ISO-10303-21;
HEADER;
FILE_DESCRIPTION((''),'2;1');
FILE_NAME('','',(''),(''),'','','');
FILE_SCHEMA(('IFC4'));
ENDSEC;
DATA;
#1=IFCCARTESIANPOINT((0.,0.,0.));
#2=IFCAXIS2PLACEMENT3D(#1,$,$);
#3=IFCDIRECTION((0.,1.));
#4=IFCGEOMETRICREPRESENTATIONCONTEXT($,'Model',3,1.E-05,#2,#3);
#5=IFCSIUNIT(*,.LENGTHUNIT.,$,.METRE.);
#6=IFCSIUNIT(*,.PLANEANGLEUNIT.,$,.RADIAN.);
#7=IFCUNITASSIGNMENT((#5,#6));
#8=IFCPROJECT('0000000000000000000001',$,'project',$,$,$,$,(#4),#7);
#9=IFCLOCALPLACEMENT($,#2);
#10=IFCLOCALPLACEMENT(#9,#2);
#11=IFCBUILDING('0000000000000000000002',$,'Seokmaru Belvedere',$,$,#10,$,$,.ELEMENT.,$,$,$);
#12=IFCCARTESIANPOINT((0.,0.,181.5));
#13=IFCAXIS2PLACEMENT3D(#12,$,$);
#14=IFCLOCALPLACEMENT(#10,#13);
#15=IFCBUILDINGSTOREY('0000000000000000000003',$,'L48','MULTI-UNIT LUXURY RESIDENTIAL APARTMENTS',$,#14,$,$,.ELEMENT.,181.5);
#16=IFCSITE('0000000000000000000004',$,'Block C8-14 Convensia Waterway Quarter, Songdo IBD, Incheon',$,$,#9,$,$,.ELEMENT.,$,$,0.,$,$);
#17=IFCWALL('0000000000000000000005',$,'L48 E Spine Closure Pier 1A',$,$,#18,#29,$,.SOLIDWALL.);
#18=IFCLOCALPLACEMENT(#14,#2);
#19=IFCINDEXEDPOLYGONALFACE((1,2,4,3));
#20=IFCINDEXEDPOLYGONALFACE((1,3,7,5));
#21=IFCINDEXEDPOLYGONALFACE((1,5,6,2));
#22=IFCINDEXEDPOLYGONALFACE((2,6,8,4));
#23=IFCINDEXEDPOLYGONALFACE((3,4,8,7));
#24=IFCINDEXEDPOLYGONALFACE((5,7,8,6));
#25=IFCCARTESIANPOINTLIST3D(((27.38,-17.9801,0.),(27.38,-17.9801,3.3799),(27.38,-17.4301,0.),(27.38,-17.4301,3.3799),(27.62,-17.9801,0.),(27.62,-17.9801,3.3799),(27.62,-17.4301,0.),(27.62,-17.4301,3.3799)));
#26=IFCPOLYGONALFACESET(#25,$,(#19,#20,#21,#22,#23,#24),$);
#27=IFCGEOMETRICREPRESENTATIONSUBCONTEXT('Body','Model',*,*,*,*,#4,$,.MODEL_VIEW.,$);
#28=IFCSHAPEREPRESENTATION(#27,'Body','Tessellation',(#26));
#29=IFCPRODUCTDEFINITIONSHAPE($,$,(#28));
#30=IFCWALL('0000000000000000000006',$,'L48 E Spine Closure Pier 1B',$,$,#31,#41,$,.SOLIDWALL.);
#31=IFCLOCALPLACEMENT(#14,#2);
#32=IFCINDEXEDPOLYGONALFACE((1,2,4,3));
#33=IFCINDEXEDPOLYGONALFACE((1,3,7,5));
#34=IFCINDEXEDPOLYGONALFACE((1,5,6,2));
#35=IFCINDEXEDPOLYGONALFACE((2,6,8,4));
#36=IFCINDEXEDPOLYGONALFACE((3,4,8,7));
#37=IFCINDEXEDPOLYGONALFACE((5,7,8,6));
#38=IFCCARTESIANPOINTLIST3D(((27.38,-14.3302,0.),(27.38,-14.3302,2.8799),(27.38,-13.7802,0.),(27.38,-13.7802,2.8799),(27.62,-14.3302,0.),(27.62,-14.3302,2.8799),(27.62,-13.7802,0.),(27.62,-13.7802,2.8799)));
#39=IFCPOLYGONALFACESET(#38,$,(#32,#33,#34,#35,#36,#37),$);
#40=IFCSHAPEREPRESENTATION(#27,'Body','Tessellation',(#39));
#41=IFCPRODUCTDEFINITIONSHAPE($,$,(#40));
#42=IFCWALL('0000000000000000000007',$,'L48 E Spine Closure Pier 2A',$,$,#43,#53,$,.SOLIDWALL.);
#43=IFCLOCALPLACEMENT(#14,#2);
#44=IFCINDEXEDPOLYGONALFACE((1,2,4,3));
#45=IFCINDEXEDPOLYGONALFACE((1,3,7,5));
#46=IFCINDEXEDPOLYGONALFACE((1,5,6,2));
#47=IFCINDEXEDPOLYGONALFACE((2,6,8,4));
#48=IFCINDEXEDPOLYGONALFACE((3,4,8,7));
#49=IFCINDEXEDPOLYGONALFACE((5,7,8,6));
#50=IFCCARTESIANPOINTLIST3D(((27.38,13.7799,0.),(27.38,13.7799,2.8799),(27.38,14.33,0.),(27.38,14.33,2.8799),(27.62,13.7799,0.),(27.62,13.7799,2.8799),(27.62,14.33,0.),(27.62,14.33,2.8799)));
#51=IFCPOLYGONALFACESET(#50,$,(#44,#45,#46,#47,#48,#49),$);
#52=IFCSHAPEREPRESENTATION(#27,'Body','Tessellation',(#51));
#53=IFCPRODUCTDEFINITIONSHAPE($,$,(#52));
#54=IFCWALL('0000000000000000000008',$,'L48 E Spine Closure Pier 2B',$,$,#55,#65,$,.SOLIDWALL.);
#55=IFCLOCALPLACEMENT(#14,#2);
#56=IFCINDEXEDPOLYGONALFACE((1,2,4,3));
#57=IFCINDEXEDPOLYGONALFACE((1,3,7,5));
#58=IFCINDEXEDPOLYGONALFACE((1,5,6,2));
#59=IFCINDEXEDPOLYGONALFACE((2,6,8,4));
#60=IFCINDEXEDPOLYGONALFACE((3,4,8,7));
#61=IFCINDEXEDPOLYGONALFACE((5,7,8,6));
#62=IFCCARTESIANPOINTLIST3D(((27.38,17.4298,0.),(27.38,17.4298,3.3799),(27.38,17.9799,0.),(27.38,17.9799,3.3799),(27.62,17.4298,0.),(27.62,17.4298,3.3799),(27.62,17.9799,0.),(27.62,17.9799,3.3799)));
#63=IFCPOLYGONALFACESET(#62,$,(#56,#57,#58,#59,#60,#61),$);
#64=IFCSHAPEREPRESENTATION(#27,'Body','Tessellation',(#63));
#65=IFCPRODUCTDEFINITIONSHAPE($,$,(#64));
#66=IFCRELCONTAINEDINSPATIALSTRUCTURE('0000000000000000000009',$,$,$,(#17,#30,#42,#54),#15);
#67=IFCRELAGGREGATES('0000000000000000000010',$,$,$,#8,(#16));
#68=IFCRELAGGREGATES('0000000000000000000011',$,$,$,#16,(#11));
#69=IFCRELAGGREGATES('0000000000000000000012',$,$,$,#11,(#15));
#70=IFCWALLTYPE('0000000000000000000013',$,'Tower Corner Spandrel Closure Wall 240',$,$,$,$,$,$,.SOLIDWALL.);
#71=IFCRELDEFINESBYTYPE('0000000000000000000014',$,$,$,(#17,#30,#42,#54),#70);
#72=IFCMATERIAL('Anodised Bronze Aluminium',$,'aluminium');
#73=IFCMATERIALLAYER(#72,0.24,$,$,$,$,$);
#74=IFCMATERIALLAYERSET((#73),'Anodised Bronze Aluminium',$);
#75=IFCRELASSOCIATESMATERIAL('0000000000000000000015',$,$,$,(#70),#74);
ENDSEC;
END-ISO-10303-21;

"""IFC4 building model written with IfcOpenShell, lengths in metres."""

from ifc_helpers import new_model, si_unit, direction, frame, frame_2d, origin, place, context, subcontext, project, spatial, rectangle, extrude, material, layer, layer_set, type_object, element, save


model = new_model("IFC4")

# Units and contexts
model_context = context("Model", 3, precision=1e-05, world=origin(), true_north=direction((0.0, 1.0)))
body_context = subcontext(model_context, "Body", "Model", "MODEL_VIEW")
ifc_project = project(units=[si_unit("LENGTHUNIT", "METRE"), si_unit("PLANEANGLEUNIT", "RADIAN")], contexts=[model_context])

# Site, building, storey
site_placement = place(None, origin())
site = spatial("IfcSite", under=ifc_project, at=site_placement, Name="Block C8-14 Convensia Waterway Quarter, Songdo IBD, Incheon", CompositionType="ELEMENT", RefElevation=0.0)
building_placement = place(site_placement, origin())
building = spatial("IfcBuilding", under=site, at=building_placement, Name="Seokmaru Belvedere", CompositionType="ELEMENT")
storey_placement = place(building_placement, frame((0.0, 0.0, 181.5)))
storey = spatial("IfcBuildingStorey", under=building, at=storey_placement, Name="L48", Description="MULTI-UNIT LUXURY RESIDENTIAL APARTMENTS", CompositionType="ELEMENT", Elevation=181.5)

# Shared definitions
ifc_material_1 = material(Name="Anodised Bronze Aluminium", Category="aluminium")

# Walls
ifc_layer_1 = layer(ifc_material_1, 0.24)
ifc_layer_set_1 = layer_set([ifc_layer_1], Name="Anodised Bronze Aluminium")
wall_type_1 = type_object("IfcWallType", Name="Tower Corner Spandrel Closure Wall 240", PredefinedType="SOLIDWALL", material=ifc_layer_set_1)
wall_1_placement = place(storey_placement, frame((27.5, -17.98, 0.0), z_axis=(0.0, 0.0, 1.0), x_axis=(0.0, 1.0, 0.0)))
element("IfcWall", 1, at=wall_1_placement, inside=storey, type_object=wall_type_1, Name="L48 E Spine Closure Pier 1A", PredefinedType="SOLIDWALL", context=body_context, shape_type="SweptSolid", body=[
    extrude(rectangle(XDim=0.55, YDim=0.24, at=frame_2d((0.2749, 0.0))), origin(), (0.0, 0.0, 1.0), 3.3799),
])
for number, where, z_axis, x_axis, name in (
    (2, (27.5, -14.3301, 0.0), (0.0, 0.0, 1.0), (0.0, 1.0, 0.0), "L48 E Spine Closure Pier 1B"),
    (3, (27.5, 13.78, 0.0), (0.0, 0.0, 1.0), (0.0, 1.0, 0.0), "L48 E Spine Closure Pier 2A"),
):
    element("IfcWall", number, at=place(storey_placement, frame(where, z_axis=z_axis, x_axis=x_axis)), inside=storey, type_object=wall_type_1, Name=name, PredefinedType="SOLIDWALL", context=body_context, shape_type="SweptSolid", body=[
        extrude(rectangle(XDim=0.55, YDim=0.24, at=frame_2d((0.2749, 0.0))), origin(), (0.0, 0.0, 1.0), 2.8799),
    ])
wall_2_placement = place(storey_placement, frame((27.5, 17.4299, 0.0), z_axis=(0.0, 0.0, 1.0), x_axis=(0.0, 1.0, 0.0)))
element("IfcWall", 4, at=wall_2_placement, inside=storey, type_object=wall_type_1, Name="L48 E Spine Closure Pier 2B", PredefinedType="SOLIDWALL", context=body_context, shape_type="SweptSolid", body=[
    extrude(rectangle(XDim=0.55, YDim=0.24, at=frame_2d((0.2749, 0.0))), origin(), (0.0, 0.0, 1.0), 3.3799),
])

save(model, "model.ifc")
